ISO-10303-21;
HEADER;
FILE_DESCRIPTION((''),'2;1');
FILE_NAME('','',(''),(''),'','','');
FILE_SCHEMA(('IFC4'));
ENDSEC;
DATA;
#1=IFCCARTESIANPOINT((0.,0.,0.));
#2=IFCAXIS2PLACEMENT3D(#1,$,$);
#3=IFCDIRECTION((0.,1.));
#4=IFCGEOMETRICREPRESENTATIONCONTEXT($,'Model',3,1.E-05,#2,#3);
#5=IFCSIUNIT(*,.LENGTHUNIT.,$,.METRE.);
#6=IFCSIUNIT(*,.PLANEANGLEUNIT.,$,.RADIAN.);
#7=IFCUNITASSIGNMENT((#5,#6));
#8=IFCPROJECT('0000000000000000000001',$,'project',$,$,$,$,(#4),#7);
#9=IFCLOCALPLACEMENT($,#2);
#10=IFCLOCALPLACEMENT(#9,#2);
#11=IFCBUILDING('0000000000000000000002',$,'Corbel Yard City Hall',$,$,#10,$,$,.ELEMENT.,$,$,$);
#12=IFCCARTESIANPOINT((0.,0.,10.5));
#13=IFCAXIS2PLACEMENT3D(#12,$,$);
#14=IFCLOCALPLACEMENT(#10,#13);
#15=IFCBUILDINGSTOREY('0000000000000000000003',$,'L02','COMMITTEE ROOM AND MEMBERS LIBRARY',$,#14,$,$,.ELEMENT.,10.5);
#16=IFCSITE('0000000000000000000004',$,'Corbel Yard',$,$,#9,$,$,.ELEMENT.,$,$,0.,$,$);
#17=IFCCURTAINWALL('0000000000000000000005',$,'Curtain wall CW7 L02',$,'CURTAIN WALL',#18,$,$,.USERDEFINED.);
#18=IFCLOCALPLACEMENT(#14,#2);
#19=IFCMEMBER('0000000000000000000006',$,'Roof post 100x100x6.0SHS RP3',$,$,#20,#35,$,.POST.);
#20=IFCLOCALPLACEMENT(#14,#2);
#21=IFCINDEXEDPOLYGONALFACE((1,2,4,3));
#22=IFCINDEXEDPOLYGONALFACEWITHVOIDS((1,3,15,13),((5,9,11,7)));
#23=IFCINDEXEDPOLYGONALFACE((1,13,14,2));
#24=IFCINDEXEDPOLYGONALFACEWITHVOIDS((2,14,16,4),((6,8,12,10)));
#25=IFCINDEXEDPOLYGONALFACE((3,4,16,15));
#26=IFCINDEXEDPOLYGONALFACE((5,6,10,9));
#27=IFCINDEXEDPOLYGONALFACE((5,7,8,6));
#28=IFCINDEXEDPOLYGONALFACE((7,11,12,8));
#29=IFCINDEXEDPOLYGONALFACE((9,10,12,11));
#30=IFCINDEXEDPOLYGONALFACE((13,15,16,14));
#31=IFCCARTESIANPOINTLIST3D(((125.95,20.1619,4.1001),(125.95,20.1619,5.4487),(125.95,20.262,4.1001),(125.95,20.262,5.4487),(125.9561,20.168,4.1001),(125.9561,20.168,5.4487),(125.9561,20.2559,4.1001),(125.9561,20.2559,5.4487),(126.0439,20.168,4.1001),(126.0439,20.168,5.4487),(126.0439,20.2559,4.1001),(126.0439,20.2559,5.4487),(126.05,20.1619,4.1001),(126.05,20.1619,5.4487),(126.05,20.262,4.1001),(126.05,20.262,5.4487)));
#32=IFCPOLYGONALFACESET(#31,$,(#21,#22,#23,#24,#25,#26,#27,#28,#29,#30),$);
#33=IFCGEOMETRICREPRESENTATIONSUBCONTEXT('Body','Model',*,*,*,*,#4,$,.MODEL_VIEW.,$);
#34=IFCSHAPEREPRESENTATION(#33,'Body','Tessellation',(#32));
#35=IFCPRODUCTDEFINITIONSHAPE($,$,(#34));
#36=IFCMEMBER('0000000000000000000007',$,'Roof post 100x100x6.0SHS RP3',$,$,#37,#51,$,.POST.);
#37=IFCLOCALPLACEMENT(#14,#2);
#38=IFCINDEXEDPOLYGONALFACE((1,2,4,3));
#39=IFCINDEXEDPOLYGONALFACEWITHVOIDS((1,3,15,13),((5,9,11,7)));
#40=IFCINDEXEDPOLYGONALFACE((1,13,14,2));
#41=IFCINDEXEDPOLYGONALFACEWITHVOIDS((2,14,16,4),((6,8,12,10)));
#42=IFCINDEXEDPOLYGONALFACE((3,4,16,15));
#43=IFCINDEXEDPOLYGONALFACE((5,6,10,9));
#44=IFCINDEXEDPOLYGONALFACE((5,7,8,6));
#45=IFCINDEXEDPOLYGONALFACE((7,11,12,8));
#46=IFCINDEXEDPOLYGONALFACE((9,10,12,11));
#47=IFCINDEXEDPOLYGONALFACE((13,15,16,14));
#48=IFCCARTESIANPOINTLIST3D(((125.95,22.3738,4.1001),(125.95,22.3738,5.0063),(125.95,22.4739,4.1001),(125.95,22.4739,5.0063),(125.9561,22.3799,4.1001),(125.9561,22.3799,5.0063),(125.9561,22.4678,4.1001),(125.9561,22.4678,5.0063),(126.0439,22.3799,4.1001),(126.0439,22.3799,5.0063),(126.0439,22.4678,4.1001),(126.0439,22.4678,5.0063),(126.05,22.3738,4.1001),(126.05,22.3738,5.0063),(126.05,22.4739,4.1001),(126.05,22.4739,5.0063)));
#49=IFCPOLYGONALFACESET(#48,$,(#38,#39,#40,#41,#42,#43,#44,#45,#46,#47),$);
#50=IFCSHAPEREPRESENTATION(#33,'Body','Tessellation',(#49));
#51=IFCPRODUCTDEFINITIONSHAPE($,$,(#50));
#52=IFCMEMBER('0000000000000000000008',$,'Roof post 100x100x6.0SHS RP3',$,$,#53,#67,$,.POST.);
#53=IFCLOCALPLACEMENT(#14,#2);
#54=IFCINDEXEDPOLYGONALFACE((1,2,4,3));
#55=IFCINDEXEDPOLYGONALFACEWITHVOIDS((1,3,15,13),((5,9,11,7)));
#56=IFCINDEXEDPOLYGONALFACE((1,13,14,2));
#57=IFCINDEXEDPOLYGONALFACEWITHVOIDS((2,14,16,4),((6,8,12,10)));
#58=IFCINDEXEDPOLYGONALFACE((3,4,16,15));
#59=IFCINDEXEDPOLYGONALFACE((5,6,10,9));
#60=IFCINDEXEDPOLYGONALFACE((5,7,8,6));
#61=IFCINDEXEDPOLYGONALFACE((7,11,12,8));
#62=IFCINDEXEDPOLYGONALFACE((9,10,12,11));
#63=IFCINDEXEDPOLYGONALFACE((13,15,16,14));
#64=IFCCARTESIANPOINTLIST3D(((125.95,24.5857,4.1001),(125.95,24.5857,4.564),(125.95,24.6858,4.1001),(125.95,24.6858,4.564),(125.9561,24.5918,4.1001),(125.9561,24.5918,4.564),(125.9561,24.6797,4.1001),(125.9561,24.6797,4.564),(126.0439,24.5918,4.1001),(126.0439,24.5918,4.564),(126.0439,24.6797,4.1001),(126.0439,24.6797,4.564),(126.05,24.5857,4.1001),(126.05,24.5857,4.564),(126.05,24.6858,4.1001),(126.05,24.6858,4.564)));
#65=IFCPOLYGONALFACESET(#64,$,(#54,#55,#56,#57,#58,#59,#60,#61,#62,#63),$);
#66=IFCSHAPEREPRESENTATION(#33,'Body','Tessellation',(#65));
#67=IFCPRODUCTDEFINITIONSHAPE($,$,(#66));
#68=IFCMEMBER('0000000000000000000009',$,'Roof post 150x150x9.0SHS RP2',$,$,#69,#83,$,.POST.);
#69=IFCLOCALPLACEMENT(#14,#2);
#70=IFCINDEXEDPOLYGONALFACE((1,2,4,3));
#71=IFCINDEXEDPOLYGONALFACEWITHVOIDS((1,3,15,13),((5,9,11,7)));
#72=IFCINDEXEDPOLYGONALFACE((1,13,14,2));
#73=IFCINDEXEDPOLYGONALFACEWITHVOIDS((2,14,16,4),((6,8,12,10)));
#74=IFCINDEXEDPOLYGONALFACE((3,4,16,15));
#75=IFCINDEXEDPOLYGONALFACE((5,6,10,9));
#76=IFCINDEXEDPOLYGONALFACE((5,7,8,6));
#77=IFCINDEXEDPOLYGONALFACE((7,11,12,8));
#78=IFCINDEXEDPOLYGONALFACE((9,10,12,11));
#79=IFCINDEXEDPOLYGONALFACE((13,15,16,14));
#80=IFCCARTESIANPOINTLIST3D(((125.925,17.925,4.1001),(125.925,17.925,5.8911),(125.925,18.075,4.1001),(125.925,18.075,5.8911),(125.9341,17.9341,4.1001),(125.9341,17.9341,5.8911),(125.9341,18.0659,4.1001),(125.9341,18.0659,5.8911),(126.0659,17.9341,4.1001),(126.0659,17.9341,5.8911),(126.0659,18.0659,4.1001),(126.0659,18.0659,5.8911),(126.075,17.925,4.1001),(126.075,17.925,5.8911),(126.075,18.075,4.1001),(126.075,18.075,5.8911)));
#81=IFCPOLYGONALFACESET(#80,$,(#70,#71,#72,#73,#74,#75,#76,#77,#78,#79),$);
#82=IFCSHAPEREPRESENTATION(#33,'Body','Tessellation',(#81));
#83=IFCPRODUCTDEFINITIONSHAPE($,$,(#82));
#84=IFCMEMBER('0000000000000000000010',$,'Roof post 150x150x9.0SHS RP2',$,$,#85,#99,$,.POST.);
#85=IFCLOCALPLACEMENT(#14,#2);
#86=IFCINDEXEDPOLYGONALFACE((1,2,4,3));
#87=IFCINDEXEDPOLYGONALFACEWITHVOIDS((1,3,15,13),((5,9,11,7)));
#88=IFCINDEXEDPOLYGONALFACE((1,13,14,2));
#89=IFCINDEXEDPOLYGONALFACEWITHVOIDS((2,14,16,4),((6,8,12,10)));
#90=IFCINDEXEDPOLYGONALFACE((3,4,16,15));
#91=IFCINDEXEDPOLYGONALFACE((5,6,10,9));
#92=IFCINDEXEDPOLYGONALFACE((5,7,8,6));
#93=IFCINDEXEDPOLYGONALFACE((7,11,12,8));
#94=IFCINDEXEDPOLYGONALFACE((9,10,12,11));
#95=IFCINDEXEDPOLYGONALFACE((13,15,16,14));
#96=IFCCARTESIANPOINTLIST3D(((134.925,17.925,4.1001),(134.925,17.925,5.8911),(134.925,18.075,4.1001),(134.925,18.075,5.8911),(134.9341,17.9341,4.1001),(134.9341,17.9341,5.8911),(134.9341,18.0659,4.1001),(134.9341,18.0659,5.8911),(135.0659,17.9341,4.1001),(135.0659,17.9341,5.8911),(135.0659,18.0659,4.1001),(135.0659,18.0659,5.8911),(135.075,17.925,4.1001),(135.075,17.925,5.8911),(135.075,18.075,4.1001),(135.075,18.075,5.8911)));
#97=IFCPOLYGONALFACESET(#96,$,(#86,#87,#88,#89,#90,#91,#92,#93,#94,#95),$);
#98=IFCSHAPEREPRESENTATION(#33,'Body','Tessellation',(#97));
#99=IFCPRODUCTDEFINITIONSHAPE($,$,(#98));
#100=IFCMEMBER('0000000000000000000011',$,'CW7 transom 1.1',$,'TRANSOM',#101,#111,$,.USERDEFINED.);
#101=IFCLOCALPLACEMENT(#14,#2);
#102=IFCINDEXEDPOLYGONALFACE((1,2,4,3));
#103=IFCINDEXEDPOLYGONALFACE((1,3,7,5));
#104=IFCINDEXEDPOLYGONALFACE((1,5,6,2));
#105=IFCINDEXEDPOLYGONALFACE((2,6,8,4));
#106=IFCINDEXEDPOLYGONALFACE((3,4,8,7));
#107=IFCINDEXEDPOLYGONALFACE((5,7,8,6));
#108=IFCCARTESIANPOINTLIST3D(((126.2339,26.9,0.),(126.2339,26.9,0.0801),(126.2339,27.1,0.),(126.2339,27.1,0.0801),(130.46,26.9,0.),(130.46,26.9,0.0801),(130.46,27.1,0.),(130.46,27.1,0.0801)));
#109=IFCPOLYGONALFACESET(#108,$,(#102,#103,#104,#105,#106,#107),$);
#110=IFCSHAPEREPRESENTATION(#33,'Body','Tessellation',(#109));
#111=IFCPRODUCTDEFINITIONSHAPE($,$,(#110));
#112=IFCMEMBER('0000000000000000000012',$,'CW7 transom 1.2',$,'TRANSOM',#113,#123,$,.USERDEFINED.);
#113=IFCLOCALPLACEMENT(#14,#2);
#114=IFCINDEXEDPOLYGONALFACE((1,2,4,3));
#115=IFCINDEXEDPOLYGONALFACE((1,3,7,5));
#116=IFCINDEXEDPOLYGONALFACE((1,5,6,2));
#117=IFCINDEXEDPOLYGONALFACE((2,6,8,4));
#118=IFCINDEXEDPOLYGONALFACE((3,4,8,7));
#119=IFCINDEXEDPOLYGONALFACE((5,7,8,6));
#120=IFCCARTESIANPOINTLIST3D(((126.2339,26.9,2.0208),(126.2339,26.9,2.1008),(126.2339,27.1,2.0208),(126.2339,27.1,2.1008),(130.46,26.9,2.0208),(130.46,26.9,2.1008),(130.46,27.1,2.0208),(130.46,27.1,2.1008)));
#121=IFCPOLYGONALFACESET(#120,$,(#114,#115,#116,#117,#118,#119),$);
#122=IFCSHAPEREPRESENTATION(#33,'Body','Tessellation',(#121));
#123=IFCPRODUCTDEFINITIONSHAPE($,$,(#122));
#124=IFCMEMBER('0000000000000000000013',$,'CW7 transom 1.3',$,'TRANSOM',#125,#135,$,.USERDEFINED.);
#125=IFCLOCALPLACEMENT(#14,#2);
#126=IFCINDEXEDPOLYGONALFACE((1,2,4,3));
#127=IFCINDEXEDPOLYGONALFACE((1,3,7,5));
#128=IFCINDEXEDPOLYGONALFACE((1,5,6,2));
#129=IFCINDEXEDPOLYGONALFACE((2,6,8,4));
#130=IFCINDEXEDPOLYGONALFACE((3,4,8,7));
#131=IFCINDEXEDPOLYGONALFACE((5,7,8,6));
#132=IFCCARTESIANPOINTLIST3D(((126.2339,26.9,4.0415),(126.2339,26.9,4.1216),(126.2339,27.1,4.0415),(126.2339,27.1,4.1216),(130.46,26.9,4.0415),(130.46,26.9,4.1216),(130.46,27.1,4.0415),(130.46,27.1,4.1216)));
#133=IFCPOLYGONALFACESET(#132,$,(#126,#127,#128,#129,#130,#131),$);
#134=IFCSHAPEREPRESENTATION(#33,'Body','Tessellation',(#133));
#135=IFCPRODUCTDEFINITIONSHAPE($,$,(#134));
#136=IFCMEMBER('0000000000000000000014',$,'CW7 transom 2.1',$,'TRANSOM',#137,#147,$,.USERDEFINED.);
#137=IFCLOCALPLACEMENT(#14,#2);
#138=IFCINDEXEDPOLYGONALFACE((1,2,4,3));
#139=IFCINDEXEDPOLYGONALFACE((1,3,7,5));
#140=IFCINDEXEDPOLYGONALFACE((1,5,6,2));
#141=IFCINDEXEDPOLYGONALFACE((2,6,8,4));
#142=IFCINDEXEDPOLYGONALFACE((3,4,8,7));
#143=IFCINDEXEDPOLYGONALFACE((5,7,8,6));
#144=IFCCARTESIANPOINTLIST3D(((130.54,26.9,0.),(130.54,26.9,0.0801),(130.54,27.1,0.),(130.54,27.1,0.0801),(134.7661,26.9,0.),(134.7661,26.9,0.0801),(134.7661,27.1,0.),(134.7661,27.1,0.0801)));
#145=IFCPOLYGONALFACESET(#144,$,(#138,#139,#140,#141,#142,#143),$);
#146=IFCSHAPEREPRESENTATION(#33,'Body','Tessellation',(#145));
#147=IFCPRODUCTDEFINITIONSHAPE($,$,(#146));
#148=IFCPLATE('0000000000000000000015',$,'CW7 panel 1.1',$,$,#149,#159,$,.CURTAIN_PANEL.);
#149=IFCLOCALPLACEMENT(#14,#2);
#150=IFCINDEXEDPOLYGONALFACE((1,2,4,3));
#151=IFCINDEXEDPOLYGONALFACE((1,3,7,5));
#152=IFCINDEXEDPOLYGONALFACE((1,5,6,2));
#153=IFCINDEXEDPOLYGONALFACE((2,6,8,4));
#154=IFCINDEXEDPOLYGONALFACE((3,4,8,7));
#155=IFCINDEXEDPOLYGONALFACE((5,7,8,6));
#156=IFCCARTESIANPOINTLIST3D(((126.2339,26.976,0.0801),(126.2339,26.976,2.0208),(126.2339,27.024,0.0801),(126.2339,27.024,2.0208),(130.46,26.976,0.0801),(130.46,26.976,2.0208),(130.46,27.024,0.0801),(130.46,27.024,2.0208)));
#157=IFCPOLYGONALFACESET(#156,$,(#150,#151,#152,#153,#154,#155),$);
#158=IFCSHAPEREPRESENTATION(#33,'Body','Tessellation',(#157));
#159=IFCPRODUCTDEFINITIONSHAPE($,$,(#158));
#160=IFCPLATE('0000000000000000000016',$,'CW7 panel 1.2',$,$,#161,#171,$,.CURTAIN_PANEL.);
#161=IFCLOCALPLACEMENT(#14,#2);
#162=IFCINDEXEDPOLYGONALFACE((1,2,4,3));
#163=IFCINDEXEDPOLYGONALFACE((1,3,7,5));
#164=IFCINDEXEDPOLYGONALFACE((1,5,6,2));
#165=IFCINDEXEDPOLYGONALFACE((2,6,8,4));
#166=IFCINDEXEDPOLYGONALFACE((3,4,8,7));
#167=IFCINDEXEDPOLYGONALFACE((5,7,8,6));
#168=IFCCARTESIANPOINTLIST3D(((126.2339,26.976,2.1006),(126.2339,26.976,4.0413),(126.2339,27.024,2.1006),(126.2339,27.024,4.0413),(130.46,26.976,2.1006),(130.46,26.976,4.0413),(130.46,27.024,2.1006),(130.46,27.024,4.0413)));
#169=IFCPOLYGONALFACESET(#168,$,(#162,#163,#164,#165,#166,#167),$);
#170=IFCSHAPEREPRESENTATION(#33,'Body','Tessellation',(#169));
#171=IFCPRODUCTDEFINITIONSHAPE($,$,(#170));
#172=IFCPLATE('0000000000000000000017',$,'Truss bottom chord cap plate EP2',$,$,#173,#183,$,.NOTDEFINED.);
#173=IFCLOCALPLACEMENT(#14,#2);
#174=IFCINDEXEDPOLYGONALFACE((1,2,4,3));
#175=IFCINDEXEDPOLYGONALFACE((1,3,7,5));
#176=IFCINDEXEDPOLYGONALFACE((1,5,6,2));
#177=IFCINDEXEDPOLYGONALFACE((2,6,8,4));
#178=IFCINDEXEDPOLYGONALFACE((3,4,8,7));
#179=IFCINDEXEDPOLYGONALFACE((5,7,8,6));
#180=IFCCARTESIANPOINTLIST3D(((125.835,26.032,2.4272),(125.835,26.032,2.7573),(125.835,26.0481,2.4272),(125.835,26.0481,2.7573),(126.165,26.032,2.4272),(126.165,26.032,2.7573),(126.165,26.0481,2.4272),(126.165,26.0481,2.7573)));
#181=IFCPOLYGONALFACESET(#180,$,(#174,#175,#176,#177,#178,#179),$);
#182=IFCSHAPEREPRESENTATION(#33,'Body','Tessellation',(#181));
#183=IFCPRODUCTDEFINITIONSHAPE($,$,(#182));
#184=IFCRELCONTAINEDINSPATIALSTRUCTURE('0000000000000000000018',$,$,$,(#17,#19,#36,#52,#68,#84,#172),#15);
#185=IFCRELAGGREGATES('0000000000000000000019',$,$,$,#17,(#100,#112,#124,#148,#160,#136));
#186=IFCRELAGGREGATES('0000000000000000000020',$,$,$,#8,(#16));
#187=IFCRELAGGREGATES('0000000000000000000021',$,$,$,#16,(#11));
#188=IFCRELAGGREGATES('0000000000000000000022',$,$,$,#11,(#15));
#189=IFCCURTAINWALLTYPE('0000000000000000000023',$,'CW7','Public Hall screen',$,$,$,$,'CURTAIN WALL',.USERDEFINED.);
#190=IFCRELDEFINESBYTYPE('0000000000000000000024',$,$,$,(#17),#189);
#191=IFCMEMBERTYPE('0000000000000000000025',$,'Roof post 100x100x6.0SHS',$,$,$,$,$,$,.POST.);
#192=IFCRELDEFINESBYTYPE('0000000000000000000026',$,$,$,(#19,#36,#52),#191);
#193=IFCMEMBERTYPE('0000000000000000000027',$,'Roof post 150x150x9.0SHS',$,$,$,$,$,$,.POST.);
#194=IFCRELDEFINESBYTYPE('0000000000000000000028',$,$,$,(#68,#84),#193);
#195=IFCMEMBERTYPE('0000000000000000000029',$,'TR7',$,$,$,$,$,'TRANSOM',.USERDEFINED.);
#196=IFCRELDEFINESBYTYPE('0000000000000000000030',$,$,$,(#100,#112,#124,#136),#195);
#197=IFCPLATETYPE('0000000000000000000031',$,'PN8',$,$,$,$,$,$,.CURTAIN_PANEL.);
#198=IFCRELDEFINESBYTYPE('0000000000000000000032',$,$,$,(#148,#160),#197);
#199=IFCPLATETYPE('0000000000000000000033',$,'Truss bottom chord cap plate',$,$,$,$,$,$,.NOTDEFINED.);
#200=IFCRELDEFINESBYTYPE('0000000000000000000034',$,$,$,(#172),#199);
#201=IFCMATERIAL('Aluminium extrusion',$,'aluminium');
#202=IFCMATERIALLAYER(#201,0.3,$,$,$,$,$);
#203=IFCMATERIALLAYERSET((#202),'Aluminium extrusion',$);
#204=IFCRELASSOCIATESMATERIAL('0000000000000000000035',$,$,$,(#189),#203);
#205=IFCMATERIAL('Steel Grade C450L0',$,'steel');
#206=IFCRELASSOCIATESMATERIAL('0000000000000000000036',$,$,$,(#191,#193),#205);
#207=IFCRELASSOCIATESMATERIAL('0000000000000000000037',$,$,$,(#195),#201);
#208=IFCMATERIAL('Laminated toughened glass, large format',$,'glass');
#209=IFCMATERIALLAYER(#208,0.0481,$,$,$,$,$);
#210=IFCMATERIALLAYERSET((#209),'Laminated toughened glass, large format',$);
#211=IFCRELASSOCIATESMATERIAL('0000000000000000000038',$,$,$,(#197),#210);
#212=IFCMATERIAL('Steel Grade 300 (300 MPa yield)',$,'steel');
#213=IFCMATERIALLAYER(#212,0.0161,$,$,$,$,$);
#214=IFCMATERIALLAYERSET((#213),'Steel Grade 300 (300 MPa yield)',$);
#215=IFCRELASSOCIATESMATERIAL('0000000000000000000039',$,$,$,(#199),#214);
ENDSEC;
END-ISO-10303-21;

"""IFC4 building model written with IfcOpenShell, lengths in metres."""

from ifc_helpers import new_model, si_unit, direction, frame, origin, origin_2d, place, context, subcontext, project, spatial, rectangle, hollow_rectangle, extrude, material, layer, layer_set, material_profile, profile_set, type_object, element, aggregate, save


model = new_model("IFC4")

# Units and contexts
model_context = context("Model", 3, precision=1e-05, world=origin(), true_north=direction((0.0, 1.0)))
body_context = subcontext(model_context, "Body", "Model", "MODEL_VIEW")
ifc_project = project(units=[si_unit("LENGTHUNIT", "METRE"), si_unit("PLANEANGLEUNIT", "RADIAN")], contexts=[model_context])

# Site, building, storey
site_placement = place(None, origin())
site = spatial("IfcSite", under=ifc_project, at=site_placement, Name="Corbel Yard", CompositionType="ELEMENT", RefElevation=0.0)
building_placement = place(site_placement, origin())
building = spatial("IfcBuilding", under=site, at=building_placement, Name="Corbel Yard City Hall", CompositionType="ELEMENT")
storey_placement = place(building_placement, frame((0.0, 0.0, 10.5)))
storey = spatial("IfcBuildingStorey", under=building, at=storey_placement, Name="L02", Description="COMMITTEE ROOM AND MEMBERS LIBRARY", CompositionType="ELEMENT", Elevation=10.5)

# Shared definitions
ifc_material_1 = material(Name="Steel Grade 300 (300 MPa yield)", Category="steel")

# Curtain wall
ifc_material_2 = material(Name="Aluminium extrusion", Category="aluminium")
ifc_layer_1 = layer(ifc_material_2, 0.3)
ifc_layer_set_1 = layer_set([ifc_layer_1], Name="Aluminium extrusion")
curtain_wall_type = type_object("IfcCurtainWallType", Name="CW7", Description="Public Hall screen", ElementType="CURTAIN WALL", PredefinedType="USERDEFINED", material=ifc_layer_set_1)
curtain_wall_placement = place(storey_placement, origin())
curtain_wall = element("IfcCurtainWall", 1, at=curtain_wall_placement, inside=storey, type_object=curtain_wall_type, Name="Curtain wall CW7 L02", ObjectType="CURTAIN WALL", PredefinedType="USERDEFINED")

# Members
ifc_material_3 = material(Name="Steel Grade C450L0", Category="steel")
ifc_material_profile_1 = material_profile(ifc_material_3, hollow_rectangle(XDim=0.1001, YDim=0.1001, WallThickness=0.0061, at=origin_2d()), Name="100x100x6.0SHS")
ifc_profile_set_1 = profile_set([ifc_material_profile_1], Name="Steel Grade C450L0")
member_type_1 = type_object("IfcMemberType", Name="Roof post 100x100x6.0SHS", PredefinedType="POST", material=ifc_profile_set_1)
member_1_placement = place(storey_placement, frame((126.0, 20.2119, 4.1001), z_axis=(0.0, 0.0, 1.0), x_axis=(1.0, 0.0, 0.0)))
element("IfcMember", 2, at=member_1_placement, inside=storey, type_object=member_type_1, Name="Roof post 100x100x6.0SHS RP3", PredefinedType="POST", context=body_context, shape_type="SweptSolid", body=[
    extrude(hollow_rectangle(XDim=0.1001, YDim=0.1001, WallThickness=0.0061, at=origin_2d()), origin(), (0.0, 0.0, 1.0), 1.3486),
])
member_2_placement = place(storey_placement, frame((126.0, 22.4238, 4.1001), z_axis=(0.0, 0.0, 1.0), x_axis=(1.0, 0.0, 0.0)))
element("IfcMember", 3, at=member_2_placement, inside=storey, type_object=member_type_1, Name="Roof post 100x100x6.0SHS RP3", PredefinedType="POST", context=body_context, shape_type="SweptSolid", body=[
    extrude(hollow_rectangle(XDim=0.1001, YDim=0.1001, WallThickness=0.0061, at=origin_2d()), origin(), (0.0, 0.0, 1.0), 0.9062),
])
member_3_placement = place(storey_placement, frame((126.0, 24.6357, 4.1001), z_axis=(0.0, 0.0, 1.0), x_axis=(1.0, 0.0, 0.0)))
element("IfcMember", 4, at=member_3_placement, inside=storey, type_object=member_type_1, Name="Roof post 100x100x6.0SHS RP3", PredefinedType="POST", context=body_context, shape_type="SweptSolid", body=[
    extrude(hollow_rectangle(XDim=0.1001, YDim=0.1001, WallThickness=0.0061, at=origin_2d()), origin(), (0.0, 0.0, 1.0), 0.4639),
])
ifc_material_profile_2 = material_profile(ifc_material_3, hollow_rectangle(XDim=0.1499, YDim=0.1499, WallThickness=0.009, at=origin_2d()), Name="150x150x9.0SHS")
ifc_profile_set_2 = profile_set([ifc_material_profile_2], Name="Steel Grade C450L0")
member_type_2 = type_object("IfcMemberType", Name="Roof post 150x150x9.0SHS", PredefinedType="POST", material=ifc_profile_set_2)
for number, where, z_axis, x_axis, name in (
    (5, (126.0, 18.0, 4.1001), (0.0, 0.0, 1.0), (1.0, 0.0, 0.0), "Roof post 150x150x9.0SHS RP2"),
    (6, (135.0, 18.0, 4.1001), (0.0, 0.0, 1.0), (1.0, 0.0, 0.0), "Roof post 150x150x9.0SHS RP2"),
):
    element("IfcMember", number, at=place(storey_placement, frame(where, z_axis=z_axis, x_axis=x_axis)), inside=storey, type_object=member_type_2, Name=name, PredefinedType="POST", context=body_context, shape_type="SweptSolid", body=[
        extrude(hollow_rectangle(XDim=0.1499, YDim=0.1499, WallThickness=0.009, at=origin_2d()), origin(), (0.0, 0.0, 1.0), 1.791),
    ])

# Members
ifc_material_profile_3 = material_profile(ifc_material_2, rectangle(XDim=0.2, YDim=0.0801, at=origin_2d()), Name="200x80")
ifc_profile_set_3 = profile_set([ifc_material_profile_3], Name="Aluminium extrusion")
member_type_3 = type_object("IfcMemberType", Name="TR7", ElementType="TRANSOM", PredefinedType="USERDEFINED", material=ifc_profile_set_3)
member_4_placement = place(storey_placement, frame((126.2339, 27.0, 0.04), z_axis=(1.0, 0.0, 0.0), x_axis=(0.0, 1.0, 0.0)))
member_4 = element("IfcMember", 7, at=member_4_placement, type_object=member_type_3, Name="CW7 transom 1.1", ObjectType="TRANSOM", PredefinedType="USERDEFINED", context=body_context, shape_type="SweptSolid", body=[
    extrude(rectangle(XDim=0.2, YDim=0.0801, at=origin_2d()), origin(), (0.0, 0.0, 1.0), 4.2261),
])
member_5_placement = place(storey_placement, frame((126.2339, 27.0, 2.0608), z_axis=(1.0, 0.0, 0.0), x_axis=(0.0, 1.0, 0.0)))
member_5 = element("IfcMember", 8, at=member_5_placement, type_object=member_type_3, Name="CW7 transom 1.2", ObjectType="TRANSOM", PredefinedType="USERDEFINED", context=body_context, shape_type="SweptSolid", body=[
    extrude(rectangle(XDim=0.2, YDim=0.0801, at=origin_2d()), origin(), (0.0, 0.0, 1.0), 4.2261),
])
member_6_placement = place(storey_placement, frame((126.2339, 27.0, 4.0815), z_axis=(1.0, 0.0, 0.0), x_axis=(0.0, 1.0, 0.0)))
member_6 = element("IfcMember", 9, at=member_6_placement, type_object=member_type_3, Name="CW7 transom 1.3", ObjectType="TRANSOM", PredefinedType="USERDEFINED", context=body_context, shape_type="SweptSolid", body=[
    extrude(rectangle(XDim=0.2, YDim=0.0801, at=origin_2d()), origin(), (0.0, 0.0, 1.0), 4.2261),
])
member_7_placement = place(storey_placement, frame((130.54, 27.0, 0.04), z_axis=(1.0, 0.0, 0.0), x_axis=(0.0, 1.0, 0.0)))
member_7 = element("IfcMember", 10, at=member_7_placement, type_object=member_type_3, Name="CW7 transom 2.1", ObjectType="TRANSOM", PredefinedType="USERDEFINED", context=body_context, shape_type="SweptSolid", body=[
    extrude(rectangle(XDim=0.2, YDim=0.0801, at=origin_2d()), origin(), (0.0, 0.0, 1.0), 4.2261),
])

# Plates
ifc_material_4 = material(Name="Laminated toughened glass, large format", Category="glass")
ifc_layer_2 = layer(ifc_material_4, 0.0481)
ifc_layer_set_2 = layer_set([ifc_layer_2], Name="Laminated toughened glass, large format")
plate_type_1 = type_object("IfcPlateType", Name="PN8", PredefinedType="CURTAIN_PANEL", material=ifc_layer_set_2)
plate_1_placement = place(storey_placement, frame((128.3469, 27.0, 0.0801), z_axis=(0.0, 0.0, 1.0), x_axis=(1.0, 0.0, 0.0)))
plate_1 = element("IfcPlate", 11, at=plate_1_placement, type_object=plate_type_1, Name="CW7 panel 1.1", PredefinedType="CURTAIN_PANEL", context=body_context, shape_type="SweptSolid", body=[
    extrude(rectangle(XDim=4.2261, YDim=0.0481, at=origin_2d()), origin(), (0.0, 0.0, 1.0), 1.9407),
])
plate_2_placement = place(storey_placement, frame((128.3469, 27.0, 2.1006), z_axis=(0.0, 0.0, 1.0), x_axis=(1.0, 0.0, 0.0)))
plate_2 = element("IfcPlate", 12, at=plate_2_placement, type_object=plate_type_1, Name="CW7 panel 1.2", PredefinedType="CURTAIN_PANEL", context=body_context, shape_type="SweptSolid", body=[
    extrude(rectangle(XDim=4.2261, YDim=0.0481, at=origin_2d()), origin(), (0.0, 0.0, 1.0), 1.9407),
])
aggregate(curtain_wall, [member_4, member_5, member_6, plate_1, plate_2, member_7])

# Plate
ifc_layer_3 = layer(ifc_material_1, 0.0161)
ifc_layer_set_3 = layer_set([ifc_layer_3], Name="Steel Grade 300 (300 MPa yield)")
plate_type_2 = type_object("IfcPlateType", Name="Truss bottom chord cap plate", PredefinedType="NOTDEFINED", material=ifc_layer_set_3)
plate_3_placement = place(storey_placement, frame((126.0, 26.04, 2.4272), z_axis=(0.0, 0.0, 1.0), x_axis=(1.0, 0.0, 0.0)))
element("IfcPlate", 13, at=plate_3_placement, inside=storey, type_object=plate_type_2, Name="Truss bottom chord cap plate EP2", PredefinedType="NOTDEFINED", context=body_context, shape_type="SweptSolid", body=[
    extrude(rectangle(XDim=0.3301, YDim=0.0161, at=origin_2d()), origin(), (0.0, 0.0, 1.0), 0.3301),
])

save(model, "model.ifc")
